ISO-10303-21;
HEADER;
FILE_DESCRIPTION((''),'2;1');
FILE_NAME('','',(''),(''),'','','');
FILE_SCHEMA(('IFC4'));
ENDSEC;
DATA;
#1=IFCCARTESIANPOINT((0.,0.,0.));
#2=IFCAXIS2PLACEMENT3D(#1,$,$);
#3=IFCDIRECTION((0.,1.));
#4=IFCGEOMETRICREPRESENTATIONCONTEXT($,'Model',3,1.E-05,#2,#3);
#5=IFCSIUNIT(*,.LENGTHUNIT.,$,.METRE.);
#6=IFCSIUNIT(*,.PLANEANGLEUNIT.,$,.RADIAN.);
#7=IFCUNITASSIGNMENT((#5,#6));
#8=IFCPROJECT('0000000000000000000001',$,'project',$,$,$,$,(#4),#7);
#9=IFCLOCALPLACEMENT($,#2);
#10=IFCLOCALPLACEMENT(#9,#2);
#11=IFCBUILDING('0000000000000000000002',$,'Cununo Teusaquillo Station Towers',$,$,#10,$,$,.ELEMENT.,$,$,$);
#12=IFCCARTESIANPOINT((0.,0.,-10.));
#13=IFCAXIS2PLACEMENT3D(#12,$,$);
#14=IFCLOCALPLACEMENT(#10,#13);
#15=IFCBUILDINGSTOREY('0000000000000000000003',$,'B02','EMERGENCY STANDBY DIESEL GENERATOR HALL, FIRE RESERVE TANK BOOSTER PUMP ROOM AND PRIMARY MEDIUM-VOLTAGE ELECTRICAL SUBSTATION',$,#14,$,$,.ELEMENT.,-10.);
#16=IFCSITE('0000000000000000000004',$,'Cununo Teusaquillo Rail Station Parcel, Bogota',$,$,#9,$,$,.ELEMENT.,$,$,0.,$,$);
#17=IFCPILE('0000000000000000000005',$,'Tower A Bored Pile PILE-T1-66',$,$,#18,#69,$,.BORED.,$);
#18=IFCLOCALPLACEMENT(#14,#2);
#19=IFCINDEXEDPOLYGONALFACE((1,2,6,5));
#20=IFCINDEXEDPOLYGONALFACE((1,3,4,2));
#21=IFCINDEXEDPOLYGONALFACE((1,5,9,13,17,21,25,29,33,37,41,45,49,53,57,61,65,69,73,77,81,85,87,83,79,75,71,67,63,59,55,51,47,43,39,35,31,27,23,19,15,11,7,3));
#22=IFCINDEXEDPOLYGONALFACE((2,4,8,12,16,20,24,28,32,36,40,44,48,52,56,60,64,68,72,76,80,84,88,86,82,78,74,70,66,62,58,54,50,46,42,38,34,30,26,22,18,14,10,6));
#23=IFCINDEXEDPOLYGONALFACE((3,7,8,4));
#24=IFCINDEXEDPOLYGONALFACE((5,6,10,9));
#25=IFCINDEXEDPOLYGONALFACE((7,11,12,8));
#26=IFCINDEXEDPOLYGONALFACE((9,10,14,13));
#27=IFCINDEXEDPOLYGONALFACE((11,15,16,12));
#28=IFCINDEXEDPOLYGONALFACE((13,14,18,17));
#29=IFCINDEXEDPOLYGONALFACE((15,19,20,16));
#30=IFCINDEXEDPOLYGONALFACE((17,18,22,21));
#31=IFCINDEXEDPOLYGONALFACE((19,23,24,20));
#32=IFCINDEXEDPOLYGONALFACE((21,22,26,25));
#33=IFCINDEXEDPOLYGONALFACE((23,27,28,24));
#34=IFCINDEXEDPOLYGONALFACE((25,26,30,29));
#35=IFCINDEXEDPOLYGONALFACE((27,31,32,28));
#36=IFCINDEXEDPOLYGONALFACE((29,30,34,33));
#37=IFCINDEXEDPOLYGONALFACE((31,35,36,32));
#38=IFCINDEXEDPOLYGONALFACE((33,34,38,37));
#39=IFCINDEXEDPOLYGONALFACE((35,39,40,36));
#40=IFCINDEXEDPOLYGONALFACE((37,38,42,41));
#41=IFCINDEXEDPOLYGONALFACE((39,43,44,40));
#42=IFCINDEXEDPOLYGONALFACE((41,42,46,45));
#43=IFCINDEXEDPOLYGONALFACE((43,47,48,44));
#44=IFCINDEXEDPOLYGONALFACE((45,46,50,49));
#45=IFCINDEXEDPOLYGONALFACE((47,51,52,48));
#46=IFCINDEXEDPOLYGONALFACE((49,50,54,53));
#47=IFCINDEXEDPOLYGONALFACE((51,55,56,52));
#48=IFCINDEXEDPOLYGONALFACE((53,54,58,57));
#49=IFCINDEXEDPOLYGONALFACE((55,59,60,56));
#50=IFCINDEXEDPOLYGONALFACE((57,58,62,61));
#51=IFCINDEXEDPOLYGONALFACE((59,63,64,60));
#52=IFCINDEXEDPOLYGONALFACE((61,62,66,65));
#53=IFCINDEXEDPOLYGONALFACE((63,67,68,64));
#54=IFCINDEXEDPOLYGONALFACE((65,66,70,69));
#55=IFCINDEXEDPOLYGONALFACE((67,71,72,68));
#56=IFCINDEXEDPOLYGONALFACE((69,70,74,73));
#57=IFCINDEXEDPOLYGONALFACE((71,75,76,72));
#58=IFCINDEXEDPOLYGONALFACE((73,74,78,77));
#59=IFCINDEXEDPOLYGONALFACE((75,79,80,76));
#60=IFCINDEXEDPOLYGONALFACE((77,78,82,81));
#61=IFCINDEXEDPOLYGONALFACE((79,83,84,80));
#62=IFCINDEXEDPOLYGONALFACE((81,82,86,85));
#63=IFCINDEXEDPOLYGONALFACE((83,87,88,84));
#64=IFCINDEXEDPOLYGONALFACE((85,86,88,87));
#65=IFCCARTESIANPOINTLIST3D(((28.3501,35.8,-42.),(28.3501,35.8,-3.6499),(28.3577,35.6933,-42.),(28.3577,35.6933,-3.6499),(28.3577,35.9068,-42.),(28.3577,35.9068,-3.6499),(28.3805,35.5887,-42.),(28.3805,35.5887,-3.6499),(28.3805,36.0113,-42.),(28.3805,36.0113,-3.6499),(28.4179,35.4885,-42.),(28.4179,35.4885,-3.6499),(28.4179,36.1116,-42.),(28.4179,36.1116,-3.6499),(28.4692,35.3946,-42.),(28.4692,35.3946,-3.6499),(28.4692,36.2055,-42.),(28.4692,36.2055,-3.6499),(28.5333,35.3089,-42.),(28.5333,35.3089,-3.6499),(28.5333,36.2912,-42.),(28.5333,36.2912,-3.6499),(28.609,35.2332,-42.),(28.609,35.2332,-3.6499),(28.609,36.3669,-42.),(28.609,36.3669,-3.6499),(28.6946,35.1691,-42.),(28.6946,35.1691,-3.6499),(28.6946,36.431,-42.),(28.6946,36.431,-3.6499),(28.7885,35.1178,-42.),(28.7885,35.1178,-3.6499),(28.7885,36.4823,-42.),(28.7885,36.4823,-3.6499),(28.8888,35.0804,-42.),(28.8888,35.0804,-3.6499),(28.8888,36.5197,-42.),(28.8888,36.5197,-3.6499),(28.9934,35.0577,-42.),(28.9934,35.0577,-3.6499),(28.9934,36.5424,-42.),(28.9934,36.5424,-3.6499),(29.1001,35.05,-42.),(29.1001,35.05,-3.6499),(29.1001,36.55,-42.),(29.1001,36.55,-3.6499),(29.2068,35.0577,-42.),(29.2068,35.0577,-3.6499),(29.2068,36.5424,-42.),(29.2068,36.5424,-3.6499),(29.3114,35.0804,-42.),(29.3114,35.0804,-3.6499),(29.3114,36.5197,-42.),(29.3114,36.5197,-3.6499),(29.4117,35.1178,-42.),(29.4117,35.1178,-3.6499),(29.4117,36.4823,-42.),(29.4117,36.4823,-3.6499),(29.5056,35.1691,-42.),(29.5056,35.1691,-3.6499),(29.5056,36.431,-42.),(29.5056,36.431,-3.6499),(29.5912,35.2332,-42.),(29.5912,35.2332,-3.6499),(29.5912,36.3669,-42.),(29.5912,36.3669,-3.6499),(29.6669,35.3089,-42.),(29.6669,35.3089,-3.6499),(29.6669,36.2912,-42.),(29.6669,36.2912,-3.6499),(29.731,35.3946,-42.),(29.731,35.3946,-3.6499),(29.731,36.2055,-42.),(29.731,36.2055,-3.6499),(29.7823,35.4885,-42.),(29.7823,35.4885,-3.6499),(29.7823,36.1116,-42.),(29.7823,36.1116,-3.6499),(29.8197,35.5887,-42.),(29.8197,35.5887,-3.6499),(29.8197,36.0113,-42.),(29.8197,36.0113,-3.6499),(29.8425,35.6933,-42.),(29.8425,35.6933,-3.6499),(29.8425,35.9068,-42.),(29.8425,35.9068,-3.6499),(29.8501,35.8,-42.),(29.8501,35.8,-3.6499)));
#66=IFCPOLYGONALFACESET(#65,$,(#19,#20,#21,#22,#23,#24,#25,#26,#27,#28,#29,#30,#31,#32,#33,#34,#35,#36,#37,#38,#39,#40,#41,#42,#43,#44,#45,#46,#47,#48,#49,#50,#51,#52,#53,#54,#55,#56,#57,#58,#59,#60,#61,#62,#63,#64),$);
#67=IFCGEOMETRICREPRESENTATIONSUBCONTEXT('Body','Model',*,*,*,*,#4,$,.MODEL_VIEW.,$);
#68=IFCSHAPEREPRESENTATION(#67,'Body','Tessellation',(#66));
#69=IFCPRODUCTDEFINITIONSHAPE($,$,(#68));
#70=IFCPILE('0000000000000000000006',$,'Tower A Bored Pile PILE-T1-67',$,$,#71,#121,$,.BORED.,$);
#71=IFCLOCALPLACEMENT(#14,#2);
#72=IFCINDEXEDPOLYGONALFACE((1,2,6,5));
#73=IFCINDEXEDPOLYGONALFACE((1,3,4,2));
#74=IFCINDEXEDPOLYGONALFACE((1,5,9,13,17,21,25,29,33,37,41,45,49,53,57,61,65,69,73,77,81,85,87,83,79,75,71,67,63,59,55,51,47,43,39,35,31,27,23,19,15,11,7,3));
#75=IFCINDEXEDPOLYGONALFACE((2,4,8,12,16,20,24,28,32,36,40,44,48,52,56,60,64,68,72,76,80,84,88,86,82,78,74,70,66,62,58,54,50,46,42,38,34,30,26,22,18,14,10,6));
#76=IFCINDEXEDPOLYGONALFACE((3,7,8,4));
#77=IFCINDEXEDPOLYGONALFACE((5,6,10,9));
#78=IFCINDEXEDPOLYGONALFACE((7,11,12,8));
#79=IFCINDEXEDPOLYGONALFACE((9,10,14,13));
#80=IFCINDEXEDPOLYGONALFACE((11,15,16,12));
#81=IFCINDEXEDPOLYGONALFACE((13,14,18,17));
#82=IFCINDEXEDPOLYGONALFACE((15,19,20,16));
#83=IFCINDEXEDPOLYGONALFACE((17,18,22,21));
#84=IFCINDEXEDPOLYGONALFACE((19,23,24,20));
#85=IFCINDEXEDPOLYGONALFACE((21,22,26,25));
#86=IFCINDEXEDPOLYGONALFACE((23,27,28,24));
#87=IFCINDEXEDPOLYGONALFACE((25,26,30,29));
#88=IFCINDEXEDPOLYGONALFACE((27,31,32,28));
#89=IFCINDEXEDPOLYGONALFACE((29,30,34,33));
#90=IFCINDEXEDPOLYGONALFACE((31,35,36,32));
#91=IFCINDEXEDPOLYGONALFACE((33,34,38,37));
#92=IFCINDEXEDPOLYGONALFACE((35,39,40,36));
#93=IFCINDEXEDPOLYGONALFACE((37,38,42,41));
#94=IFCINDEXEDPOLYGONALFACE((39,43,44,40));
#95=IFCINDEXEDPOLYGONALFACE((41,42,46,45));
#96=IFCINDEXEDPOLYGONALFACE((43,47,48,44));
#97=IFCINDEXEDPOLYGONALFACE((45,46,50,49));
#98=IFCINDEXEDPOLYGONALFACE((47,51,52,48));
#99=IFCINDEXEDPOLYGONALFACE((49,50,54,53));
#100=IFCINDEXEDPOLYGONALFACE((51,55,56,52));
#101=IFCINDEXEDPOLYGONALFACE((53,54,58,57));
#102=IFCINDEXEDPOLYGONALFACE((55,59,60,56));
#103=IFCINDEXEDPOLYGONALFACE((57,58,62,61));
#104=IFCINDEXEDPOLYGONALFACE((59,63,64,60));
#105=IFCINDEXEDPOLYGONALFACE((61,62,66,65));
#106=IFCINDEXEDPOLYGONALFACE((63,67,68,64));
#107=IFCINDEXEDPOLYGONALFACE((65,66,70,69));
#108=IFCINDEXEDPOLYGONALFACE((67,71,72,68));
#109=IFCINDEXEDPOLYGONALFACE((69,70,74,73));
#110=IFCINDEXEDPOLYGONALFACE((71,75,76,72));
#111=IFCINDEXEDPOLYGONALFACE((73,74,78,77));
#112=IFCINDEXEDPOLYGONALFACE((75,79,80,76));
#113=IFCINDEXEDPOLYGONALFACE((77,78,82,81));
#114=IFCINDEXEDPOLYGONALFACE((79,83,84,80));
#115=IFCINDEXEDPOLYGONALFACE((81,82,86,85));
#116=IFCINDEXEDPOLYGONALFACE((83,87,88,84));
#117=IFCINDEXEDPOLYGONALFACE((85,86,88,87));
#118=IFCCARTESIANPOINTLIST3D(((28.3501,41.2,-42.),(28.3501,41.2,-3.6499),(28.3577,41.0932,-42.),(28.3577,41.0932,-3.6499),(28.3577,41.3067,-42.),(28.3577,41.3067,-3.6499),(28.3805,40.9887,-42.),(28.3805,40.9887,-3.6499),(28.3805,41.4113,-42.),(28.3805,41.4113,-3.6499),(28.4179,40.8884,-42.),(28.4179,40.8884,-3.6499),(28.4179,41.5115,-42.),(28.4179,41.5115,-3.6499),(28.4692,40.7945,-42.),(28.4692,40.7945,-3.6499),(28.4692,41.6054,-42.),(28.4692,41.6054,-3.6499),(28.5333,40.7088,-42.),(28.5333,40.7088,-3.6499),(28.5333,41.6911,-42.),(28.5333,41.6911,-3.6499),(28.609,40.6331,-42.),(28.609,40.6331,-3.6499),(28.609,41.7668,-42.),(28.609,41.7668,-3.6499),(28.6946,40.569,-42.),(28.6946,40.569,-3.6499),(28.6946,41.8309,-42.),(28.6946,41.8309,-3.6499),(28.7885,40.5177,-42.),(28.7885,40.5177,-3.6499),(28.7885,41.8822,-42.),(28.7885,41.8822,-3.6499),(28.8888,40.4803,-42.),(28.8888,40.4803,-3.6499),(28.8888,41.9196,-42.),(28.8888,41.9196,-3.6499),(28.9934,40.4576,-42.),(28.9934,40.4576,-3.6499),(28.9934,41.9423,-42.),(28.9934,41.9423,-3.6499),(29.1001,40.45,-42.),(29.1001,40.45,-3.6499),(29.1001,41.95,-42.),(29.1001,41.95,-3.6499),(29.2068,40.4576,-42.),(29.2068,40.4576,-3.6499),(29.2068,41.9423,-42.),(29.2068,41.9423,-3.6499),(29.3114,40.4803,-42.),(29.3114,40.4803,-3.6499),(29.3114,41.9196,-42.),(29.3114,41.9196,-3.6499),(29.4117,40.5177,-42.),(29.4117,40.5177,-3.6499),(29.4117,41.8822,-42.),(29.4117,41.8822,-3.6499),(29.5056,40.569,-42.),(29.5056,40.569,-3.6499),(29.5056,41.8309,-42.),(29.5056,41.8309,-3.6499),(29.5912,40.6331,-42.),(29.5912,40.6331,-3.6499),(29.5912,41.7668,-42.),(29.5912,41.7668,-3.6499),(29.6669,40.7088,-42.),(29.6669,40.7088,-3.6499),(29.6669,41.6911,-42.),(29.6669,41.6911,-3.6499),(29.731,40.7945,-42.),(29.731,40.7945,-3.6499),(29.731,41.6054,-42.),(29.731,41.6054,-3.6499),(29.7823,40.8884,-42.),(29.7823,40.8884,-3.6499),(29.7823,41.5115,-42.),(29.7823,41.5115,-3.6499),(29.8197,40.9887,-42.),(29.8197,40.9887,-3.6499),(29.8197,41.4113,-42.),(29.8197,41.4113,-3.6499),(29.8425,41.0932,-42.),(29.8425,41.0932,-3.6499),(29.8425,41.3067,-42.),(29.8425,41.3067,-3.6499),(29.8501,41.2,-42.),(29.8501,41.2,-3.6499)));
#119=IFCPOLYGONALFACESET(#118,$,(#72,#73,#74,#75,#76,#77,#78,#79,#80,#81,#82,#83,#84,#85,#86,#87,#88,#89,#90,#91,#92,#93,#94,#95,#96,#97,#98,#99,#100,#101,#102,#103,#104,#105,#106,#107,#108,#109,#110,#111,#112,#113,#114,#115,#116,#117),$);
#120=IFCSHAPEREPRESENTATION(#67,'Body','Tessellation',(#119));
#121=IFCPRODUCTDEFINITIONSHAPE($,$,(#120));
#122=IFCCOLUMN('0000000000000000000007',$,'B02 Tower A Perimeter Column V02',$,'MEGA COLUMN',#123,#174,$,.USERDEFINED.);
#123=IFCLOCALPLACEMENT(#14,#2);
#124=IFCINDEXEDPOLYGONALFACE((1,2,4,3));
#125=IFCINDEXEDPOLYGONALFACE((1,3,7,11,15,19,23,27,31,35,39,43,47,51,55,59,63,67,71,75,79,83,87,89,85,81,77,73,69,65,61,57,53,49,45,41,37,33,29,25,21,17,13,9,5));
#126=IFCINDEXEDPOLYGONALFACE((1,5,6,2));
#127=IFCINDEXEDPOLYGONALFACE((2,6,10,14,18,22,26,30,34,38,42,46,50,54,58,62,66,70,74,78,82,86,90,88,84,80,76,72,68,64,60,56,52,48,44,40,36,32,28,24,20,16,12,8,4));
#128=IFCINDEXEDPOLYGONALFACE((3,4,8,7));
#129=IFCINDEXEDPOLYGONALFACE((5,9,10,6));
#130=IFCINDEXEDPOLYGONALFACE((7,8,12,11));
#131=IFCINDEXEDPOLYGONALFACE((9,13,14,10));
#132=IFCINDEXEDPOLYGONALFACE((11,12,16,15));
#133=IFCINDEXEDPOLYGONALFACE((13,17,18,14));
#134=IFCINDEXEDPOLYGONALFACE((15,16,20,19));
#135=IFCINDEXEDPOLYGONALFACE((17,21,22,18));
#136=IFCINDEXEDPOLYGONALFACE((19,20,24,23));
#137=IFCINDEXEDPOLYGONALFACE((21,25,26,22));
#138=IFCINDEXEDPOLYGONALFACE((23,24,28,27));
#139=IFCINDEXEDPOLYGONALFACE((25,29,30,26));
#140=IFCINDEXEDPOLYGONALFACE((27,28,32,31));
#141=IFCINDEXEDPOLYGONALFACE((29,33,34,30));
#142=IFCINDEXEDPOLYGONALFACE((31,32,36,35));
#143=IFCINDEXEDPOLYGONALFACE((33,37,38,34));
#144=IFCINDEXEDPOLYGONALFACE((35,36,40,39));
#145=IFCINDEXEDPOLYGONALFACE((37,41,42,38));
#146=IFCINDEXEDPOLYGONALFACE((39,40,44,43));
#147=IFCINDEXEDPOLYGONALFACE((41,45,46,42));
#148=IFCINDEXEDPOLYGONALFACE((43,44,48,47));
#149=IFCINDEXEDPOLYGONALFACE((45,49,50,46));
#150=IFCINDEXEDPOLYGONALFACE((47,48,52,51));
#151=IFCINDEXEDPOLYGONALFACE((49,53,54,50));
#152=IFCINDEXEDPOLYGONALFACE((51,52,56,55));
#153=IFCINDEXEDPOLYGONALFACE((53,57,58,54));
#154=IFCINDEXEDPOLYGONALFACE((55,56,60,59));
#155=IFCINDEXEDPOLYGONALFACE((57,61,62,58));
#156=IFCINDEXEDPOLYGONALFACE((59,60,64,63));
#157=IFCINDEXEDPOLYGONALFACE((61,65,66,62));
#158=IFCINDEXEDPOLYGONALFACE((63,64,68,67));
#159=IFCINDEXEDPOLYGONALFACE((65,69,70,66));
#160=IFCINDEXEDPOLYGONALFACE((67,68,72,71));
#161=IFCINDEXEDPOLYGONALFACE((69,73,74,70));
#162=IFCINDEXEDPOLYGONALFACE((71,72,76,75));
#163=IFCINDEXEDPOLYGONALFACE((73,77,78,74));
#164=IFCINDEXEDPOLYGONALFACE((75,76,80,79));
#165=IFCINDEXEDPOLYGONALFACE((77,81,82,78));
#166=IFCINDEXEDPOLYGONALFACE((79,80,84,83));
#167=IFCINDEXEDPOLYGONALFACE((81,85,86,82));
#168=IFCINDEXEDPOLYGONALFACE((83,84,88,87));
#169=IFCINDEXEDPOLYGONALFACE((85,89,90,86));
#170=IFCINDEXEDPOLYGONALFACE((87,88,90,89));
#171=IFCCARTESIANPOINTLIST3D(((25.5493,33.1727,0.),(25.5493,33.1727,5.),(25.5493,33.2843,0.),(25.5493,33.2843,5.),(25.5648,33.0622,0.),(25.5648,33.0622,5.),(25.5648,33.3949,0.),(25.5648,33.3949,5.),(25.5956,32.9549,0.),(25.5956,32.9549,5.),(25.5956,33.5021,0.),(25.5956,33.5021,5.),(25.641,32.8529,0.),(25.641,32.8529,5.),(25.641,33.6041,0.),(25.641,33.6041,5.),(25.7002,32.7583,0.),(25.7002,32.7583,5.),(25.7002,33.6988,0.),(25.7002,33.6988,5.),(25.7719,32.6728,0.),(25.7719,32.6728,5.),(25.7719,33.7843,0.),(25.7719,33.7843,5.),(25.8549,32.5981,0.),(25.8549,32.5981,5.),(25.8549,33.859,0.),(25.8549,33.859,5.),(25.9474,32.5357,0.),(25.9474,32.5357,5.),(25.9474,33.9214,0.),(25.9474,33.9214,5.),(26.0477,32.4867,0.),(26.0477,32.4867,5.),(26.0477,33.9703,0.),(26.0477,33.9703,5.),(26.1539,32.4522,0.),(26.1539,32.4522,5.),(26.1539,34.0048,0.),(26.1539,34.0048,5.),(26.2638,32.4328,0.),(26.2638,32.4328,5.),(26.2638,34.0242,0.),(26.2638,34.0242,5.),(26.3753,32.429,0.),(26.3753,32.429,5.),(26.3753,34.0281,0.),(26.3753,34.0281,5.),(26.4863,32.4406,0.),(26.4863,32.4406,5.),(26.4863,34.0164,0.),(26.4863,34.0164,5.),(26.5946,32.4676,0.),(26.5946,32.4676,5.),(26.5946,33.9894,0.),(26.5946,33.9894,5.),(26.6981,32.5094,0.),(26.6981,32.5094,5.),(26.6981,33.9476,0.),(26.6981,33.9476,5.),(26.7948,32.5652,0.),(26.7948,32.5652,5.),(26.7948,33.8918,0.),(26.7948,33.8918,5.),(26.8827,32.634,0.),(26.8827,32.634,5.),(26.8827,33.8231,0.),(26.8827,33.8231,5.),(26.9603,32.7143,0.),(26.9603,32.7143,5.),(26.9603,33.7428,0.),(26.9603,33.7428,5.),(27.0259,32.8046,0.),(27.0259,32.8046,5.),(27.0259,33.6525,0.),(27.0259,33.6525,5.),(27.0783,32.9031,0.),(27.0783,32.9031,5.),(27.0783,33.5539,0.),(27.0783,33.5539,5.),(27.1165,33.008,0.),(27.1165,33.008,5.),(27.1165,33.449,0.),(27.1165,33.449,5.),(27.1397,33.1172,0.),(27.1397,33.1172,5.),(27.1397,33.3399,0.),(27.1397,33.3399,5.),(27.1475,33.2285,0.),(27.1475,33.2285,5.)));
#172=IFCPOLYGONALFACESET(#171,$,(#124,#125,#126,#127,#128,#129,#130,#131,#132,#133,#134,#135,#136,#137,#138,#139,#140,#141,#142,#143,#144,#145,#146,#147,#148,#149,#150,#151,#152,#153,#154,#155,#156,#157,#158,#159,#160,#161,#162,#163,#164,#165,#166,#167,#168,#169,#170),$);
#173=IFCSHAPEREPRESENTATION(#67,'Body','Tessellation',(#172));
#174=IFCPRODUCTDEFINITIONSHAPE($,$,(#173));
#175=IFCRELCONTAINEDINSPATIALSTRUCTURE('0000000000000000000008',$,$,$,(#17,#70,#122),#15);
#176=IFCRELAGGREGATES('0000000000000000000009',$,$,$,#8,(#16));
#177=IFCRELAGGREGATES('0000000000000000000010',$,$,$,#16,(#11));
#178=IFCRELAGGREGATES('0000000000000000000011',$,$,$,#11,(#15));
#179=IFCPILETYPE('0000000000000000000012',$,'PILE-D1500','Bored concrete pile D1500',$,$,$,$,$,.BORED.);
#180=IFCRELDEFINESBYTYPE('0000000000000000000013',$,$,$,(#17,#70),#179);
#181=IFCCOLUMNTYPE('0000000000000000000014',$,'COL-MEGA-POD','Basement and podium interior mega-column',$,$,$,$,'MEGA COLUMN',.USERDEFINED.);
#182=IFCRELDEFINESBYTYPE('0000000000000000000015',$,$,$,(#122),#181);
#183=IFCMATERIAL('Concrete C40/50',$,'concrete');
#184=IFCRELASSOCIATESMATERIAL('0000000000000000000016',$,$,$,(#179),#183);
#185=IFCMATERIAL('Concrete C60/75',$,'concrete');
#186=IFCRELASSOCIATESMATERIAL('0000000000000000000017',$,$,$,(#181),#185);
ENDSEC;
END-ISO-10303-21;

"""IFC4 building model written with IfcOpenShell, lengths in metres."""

from ifc_helpers import new_model, si_unit, direction, frame, origin, origin_2d, place, context, subcontext, project, spatial, circle, extrude, material, material_profile, profile_set, type_object, element, save


model = new_model("IFC4")

# Units and contexts
model_context = context("Model", 3, precision=1e-05, world=origin(), true_north=direction((0.0, 1.0)))
body_context = subcontext(model_context, "Body", "Model", "MODEL_VIEW")
ifc_project = project(units=[si_unit("LENGTHUNIT", "METRE"), si_unit("PLANEANGLEUNIT", "RADIAN")], contexts=[model_context])

# Site, building, storey
site_placement = place(None, origin())
site = spatial("IfcSite", under=ifc_project, at=site_placement, Name="Cununo Teusaquillo Rail Station Parcel, Bogota", CompositionType="ELEMENT", RefElevation=0.0)
building_placement = place(site_placement, origin())
building = spatial("IfcBuilding", under=site, at=building_placement, Name="Cununo Teusaquillo Station Towers", CompositionType="ELEMENT")
storey_placement = place(building_placement, frame((0.0, 0.0, -10.0)))
storey = spatial("IfcBuildingStorey", under=building, at=storey_placement, Name="B02", Description="EMERGENCY STANDBY DIESEL GENERATOR HALL, FIRE RESERVE TANK BOOSTER PUMP ROOM AND PRIMARY MEDIUM-VOLTAGE ELECTRICAL SUBSTATION", CompositionType="ELEMENT", Elevation=-10.0)

# Piles
ifc_material_1 = material(Name="Concrete C40/50", Category="concrete")
ifc_material_profile_1 = material_profile(ifc_material_1, circle(Radius=0.75, at=origin_2d()), Name="PILE-BORED-1500")
ifc_profile_set_1 = profile_set([ifc_material_profile_1], Name="Concrete C40/50")
pile_type = type_object("IfcPileType", Name="PILE-D1500", Description="Bored concrete pile D1500", PredefinedType="BORED", material=ifc_profile_set_1)
for number, where, z_axis, x_axis, name in (
    (1, (29.1001, 35.8, -3.6499), (0.0, 0.0, -1.0), (1.0, 0.0, 0.0), "Tower A Bored Pile PILE-T1-66"),
    (2, (29.1001, 41.2, -3.6499), (0.0, 0.0, -1.0), (1.0, 0.0, 0.0), "Tower A Bored Pile PILE-T1-67"),
):
    element("IfcPile", number, at=place(storey_placement, frame(where, z_axis=z_axis, x_axis=x_axis)), inside=storey, type_object=pile_type, Name=name, PredefinedType="BORED", context=body_context, shape_type="SweptSolid", body=[
        extrude(circle(Radius=0.75, at=origin_2d()), origin(), (0.0, 0.0, 1.0), 38.3501),
    ])

# Column
ifc_material_2 = material(Name="Concrete C60/75", Category="concrete")
ifc_material_profile_2 = material_profile(ifc_material_2, circle(Radius=0.8, at=origin_2d()), Name="RC-CIRC-1600")
ifc_profile_set_2 = profile_set([ifc_material_profile_2], Name="Concrete C60/75")
column_type = type_object("IfcColumnType", Name="COL-MEGA-POD", Description="Basement and podium interior mega-column", ElementType="MEGA COLUMN", PredefinedType="USERDEFINED", material=ifc_profile_set_2)
column_placement = place(storey_placement, frame((26.3474, 33.2285, 0.0), z_axis=(0.0, 0.0, 1.0), x_axis=(1.0, 0.0, 0.0)))
element("IfcColumn", 3, at=column_placement, inside=storey, type_object=column_type, Name="B02 Tower A Perimeter Column V02", ObjectType="MEGA COLUMN", PredefinedType="USERDEFINED", context=body_context, shape_type="SweptSolid", body=[
    extrude(circle(Radius=0.8, at=origin_2d()), origin(), (0.0, 0.0, 1.0), 5.0),
])

save(model, "model.ifc")
